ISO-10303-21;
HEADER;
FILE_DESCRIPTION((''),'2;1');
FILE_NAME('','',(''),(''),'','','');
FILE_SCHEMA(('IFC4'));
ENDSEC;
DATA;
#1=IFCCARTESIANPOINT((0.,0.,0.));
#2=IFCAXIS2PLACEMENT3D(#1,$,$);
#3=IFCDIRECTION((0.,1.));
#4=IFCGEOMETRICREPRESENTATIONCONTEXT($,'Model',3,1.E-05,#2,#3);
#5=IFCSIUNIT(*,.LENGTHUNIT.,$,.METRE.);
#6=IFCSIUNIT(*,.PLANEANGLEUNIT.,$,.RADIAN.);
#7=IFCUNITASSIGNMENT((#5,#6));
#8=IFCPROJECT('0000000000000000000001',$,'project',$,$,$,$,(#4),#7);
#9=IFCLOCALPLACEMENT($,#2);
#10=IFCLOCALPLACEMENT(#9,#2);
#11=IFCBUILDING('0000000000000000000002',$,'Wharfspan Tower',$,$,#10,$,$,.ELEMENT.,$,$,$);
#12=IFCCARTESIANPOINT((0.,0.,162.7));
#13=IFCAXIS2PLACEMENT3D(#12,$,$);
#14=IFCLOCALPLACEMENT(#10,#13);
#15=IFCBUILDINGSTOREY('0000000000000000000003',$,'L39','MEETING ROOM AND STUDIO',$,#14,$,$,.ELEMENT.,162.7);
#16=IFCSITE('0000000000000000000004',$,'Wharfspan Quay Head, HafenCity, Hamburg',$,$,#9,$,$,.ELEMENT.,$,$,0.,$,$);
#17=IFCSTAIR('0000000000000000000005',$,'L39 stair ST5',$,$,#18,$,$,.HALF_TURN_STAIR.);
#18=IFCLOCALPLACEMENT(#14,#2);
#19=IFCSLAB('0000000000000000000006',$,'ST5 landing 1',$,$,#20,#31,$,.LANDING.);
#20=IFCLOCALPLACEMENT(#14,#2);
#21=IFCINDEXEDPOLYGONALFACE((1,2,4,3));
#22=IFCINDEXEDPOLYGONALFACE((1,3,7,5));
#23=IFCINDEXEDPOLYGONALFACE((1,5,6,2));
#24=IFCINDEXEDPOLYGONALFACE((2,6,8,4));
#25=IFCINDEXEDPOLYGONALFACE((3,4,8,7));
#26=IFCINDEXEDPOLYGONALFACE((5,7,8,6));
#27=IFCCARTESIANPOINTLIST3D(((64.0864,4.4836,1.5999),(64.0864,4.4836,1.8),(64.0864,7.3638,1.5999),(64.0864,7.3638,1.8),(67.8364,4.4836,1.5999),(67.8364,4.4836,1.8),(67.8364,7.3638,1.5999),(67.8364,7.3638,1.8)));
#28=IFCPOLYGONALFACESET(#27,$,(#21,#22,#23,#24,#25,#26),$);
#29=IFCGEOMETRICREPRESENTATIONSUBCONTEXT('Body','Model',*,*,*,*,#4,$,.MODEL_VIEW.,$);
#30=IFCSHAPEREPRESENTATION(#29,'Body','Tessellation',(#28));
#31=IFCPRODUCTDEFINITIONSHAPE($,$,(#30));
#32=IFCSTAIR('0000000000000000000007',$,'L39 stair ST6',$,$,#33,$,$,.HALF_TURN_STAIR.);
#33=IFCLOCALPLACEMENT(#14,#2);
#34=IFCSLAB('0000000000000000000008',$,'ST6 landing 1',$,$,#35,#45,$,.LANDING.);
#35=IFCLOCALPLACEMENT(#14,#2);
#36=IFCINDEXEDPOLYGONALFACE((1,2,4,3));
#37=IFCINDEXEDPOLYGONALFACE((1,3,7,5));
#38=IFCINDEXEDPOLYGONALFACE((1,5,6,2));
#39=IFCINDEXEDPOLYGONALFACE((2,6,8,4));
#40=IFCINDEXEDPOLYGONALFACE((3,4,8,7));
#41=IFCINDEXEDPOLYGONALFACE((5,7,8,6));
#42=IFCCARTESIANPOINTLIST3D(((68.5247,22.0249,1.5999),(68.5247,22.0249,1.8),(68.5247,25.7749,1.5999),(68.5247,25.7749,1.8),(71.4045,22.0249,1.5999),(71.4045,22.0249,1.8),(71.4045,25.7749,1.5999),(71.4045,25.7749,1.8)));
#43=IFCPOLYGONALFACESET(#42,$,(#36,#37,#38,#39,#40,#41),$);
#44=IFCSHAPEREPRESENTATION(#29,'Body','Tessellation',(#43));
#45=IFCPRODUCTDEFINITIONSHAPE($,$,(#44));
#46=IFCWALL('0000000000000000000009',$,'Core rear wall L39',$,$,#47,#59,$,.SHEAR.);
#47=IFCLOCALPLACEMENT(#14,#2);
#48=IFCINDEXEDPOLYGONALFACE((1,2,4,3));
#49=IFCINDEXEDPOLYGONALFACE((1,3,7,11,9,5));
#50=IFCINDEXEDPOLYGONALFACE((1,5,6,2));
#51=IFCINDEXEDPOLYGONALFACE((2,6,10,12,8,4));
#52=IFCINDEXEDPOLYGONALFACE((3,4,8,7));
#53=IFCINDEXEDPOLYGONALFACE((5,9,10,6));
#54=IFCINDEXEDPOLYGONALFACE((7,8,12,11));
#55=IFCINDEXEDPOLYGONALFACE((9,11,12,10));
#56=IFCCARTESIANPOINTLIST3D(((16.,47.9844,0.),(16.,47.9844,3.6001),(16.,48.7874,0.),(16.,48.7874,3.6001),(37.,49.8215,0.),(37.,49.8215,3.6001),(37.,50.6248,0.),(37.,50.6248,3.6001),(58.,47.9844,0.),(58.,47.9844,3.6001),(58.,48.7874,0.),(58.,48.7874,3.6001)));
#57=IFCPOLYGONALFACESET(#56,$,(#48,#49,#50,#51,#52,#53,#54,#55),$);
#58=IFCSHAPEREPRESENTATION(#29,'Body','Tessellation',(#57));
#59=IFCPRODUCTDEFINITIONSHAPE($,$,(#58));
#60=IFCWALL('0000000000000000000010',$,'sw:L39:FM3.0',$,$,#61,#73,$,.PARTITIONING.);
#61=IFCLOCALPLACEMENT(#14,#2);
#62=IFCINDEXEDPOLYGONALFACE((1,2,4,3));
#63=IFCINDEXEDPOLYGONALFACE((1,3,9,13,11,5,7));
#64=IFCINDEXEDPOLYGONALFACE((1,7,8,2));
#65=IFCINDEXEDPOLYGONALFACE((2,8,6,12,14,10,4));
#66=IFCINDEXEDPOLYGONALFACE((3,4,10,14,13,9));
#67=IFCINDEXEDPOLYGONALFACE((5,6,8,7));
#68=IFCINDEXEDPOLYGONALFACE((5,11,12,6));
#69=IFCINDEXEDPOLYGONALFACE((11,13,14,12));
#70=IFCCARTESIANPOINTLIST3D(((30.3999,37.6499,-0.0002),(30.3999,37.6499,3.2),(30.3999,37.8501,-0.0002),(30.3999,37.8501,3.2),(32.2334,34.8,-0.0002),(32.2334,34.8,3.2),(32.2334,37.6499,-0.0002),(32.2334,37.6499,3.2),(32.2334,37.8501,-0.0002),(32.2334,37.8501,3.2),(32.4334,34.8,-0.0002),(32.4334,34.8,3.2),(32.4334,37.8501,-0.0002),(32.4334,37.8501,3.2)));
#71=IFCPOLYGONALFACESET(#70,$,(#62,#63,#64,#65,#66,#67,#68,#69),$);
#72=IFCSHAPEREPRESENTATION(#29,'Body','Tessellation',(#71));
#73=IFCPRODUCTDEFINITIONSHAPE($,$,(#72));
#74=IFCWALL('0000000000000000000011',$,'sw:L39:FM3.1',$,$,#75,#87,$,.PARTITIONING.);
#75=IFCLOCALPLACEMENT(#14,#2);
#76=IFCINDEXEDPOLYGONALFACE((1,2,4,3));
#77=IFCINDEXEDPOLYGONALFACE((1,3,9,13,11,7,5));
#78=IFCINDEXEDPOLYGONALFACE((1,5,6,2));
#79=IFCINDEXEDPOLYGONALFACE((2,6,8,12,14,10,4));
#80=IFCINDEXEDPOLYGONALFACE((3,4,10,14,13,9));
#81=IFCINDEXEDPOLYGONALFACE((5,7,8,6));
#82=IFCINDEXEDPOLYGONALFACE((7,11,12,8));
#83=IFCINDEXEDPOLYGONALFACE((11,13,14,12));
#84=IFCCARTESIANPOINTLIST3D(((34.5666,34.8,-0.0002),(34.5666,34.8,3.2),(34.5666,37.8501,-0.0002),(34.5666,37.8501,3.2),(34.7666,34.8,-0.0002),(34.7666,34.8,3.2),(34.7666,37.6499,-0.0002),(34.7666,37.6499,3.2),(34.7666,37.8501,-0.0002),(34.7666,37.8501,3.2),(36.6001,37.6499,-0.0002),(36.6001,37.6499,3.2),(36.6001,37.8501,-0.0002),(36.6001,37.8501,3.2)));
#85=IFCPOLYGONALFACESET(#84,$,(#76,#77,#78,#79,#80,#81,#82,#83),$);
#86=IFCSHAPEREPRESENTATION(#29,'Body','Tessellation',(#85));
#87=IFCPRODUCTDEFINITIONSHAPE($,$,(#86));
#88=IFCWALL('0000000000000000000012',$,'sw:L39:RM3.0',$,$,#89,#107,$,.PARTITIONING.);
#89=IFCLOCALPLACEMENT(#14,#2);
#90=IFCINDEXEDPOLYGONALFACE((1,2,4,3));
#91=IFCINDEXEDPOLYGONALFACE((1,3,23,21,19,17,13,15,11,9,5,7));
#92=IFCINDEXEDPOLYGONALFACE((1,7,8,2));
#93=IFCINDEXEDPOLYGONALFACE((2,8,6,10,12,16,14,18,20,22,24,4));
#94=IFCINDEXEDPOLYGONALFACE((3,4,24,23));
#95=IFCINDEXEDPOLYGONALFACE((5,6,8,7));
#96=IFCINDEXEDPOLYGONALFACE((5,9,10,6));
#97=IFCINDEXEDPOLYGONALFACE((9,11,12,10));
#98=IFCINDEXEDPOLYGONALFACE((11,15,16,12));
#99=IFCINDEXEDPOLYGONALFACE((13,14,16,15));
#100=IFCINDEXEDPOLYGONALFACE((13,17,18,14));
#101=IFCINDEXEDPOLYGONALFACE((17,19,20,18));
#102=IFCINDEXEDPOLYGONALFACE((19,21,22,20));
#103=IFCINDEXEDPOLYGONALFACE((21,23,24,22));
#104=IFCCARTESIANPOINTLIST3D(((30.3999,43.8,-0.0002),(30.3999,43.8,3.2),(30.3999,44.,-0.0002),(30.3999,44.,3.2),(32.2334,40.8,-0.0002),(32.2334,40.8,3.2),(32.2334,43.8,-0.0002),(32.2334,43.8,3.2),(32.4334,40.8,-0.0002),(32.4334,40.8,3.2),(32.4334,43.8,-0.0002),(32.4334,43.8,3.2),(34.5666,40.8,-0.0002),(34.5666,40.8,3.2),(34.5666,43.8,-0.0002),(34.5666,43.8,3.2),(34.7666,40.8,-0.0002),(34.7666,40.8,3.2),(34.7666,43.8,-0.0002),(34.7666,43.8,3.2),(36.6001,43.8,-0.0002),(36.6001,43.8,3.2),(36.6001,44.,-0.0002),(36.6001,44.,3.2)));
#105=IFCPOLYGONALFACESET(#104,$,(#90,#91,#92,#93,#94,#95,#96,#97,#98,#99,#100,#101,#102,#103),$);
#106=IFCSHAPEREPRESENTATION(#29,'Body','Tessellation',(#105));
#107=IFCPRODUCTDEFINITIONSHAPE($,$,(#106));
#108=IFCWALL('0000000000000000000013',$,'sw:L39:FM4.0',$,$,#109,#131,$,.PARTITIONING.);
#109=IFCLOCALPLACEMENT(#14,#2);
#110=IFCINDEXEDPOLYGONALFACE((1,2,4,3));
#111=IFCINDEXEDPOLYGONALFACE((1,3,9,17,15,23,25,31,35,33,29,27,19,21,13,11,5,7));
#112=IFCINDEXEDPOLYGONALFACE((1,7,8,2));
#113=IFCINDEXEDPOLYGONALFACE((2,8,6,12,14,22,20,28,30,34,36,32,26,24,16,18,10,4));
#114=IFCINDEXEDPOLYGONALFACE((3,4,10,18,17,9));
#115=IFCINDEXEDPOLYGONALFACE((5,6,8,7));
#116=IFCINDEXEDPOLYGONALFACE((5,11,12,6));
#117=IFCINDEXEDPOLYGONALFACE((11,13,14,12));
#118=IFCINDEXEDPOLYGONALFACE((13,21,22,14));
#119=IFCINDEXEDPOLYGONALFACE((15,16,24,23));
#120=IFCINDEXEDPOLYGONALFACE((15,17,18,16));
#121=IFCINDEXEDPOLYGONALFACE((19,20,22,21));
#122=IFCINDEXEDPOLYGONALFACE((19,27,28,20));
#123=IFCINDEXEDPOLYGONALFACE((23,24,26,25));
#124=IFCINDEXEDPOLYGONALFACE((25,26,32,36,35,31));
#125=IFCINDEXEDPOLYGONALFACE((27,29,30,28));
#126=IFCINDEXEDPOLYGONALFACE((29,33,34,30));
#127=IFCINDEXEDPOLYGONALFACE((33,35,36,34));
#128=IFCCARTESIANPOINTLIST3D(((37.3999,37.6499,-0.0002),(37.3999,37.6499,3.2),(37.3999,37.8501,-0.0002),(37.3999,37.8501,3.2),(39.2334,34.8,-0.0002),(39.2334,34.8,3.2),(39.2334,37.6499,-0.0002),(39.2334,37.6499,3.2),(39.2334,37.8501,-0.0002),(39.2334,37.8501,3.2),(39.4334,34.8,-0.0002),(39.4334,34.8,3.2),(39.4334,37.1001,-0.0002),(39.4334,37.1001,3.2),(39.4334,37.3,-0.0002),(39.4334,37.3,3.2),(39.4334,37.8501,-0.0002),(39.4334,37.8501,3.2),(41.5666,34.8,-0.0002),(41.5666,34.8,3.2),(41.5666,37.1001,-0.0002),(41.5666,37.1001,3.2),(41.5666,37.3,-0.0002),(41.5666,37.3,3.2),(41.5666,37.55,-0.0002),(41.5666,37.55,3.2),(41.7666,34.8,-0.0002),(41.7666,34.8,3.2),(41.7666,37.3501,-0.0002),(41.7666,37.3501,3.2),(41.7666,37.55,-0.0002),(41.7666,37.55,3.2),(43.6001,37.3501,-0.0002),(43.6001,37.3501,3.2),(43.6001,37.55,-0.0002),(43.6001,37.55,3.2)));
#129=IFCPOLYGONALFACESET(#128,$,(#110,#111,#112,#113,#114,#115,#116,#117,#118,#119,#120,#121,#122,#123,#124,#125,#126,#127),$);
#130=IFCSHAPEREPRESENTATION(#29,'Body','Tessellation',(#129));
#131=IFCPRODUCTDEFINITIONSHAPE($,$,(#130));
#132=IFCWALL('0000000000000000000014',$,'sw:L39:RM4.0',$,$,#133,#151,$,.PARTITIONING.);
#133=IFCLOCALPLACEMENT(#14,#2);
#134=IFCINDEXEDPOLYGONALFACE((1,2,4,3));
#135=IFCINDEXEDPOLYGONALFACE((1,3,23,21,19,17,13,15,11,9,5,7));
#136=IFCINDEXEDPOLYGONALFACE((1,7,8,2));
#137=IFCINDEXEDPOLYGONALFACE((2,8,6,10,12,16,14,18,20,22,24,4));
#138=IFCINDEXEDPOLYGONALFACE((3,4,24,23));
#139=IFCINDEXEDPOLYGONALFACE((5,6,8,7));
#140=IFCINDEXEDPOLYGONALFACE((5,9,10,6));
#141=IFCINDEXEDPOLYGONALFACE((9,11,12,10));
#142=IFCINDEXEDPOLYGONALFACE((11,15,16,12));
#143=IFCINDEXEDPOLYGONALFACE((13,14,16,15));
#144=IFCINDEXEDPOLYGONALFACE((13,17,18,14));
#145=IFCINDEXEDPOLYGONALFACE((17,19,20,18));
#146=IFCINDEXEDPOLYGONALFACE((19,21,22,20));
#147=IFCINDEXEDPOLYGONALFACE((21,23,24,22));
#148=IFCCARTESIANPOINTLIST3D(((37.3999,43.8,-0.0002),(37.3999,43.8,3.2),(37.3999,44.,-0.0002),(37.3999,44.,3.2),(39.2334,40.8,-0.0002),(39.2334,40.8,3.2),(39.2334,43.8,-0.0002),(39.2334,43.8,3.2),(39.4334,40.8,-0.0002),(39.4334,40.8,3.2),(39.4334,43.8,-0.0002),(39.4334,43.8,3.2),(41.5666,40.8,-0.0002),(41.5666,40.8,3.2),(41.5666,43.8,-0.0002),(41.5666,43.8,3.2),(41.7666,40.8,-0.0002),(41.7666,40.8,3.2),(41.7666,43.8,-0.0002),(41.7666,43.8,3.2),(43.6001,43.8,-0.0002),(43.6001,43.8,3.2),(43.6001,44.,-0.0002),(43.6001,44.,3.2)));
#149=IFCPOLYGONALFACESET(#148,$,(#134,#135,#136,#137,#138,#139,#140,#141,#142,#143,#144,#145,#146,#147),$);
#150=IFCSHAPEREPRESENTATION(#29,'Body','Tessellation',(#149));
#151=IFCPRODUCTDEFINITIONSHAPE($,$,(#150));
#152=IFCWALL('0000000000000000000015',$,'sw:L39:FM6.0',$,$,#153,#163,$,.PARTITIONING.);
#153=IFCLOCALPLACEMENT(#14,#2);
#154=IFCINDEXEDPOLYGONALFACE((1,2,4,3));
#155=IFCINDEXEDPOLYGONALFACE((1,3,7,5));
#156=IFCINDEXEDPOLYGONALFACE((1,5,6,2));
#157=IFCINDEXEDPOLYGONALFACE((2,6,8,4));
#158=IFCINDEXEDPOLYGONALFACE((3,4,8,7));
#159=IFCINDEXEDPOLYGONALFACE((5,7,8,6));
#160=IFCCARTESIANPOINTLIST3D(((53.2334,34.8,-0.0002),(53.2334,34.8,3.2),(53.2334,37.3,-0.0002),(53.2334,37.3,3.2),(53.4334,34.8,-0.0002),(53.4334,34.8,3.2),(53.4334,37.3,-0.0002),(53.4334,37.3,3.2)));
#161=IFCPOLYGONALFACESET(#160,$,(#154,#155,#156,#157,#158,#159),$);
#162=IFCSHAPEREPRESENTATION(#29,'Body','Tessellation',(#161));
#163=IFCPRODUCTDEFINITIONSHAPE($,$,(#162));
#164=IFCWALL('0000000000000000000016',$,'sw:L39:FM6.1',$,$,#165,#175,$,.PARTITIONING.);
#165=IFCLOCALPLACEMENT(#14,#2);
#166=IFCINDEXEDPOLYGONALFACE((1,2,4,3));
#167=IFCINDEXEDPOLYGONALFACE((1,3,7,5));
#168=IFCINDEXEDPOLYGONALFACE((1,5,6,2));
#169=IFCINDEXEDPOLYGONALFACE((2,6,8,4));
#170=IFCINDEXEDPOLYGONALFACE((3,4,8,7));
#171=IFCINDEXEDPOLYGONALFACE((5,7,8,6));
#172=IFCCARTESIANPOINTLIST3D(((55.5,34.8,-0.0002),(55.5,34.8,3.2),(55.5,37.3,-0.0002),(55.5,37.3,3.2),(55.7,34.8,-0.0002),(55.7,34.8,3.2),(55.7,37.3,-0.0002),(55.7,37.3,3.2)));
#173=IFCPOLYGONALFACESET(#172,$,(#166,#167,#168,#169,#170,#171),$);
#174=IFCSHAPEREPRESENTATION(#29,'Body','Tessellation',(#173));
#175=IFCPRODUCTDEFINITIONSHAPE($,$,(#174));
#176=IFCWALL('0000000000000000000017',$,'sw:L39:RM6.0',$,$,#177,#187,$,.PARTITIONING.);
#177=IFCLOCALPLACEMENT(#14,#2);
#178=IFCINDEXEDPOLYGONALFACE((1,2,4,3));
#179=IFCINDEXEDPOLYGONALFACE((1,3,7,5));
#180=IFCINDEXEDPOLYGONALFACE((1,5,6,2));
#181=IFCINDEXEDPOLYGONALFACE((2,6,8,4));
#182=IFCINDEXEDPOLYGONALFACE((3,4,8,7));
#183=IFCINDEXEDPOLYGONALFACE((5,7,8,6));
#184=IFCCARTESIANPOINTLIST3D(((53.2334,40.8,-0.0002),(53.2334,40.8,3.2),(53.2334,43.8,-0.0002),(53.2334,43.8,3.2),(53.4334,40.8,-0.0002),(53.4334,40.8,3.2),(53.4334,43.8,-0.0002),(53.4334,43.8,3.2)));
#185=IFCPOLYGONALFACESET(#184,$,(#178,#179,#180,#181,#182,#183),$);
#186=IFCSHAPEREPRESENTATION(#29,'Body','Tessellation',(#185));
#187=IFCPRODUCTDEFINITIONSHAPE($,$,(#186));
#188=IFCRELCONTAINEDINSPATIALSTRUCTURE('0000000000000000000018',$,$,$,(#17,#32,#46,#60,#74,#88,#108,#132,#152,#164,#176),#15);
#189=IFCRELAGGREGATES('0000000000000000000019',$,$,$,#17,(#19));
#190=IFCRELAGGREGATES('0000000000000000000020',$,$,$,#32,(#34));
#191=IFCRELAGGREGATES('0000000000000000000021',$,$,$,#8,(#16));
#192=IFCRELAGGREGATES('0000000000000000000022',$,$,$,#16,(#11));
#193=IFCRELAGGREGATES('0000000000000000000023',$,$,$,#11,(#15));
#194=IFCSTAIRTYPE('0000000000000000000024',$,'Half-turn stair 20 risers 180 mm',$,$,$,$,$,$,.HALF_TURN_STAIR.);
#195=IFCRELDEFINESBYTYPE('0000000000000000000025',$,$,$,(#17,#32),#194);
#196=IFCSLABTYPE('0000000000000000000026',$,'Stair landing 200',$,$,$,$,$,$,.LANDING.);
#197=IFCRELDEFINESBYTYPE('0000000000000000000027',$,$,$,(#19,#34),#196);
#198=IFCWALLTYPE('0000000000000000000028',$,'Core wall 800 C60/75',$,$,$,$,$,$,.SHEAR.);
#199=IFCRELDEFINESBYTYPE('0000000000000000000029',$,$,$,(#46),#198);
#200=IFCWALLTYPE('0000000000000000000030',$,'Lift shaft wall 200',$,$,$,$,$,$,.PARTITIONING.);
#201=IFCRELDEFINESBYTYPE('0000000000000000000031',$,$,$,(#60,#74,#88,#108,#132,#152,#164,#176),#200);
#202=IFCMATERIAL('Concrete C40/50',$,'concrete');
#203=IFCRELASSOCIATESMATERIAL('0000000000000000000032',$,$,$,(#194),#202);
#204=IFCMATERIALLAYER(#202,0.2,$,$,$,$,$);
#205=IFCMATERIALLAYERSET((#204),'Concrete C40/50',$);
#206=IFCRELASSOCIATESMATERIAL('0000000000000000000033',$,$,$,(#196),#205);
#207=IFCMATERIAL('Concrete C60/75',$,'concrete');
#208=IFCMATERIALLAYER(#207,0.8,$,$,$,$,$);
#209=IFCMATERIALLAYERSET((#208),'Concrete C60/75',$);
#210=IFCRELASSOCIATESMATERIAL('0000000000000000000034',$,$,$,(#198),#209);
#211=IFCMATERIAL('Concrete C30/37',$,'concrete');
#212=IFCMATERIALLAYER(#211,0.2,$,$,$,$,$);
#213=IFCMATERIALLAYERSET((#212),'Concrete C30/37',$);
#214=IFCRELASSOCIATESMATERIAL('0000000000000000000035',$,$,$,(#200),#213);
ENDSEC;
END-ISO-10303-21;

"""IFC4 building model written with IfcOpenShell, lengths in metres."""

from ifc_helpers import new_model, si_unit, direction, frame, origin, place, context, subcontext, project, spatial, polyline, outline, extrude, material, layer, layer_set, type_object, element, aggregate, save


model = new_model("IFC4")

# Units and contexts
model_context = context("Model", 3, precision=1e-05, world=origin(), true_north=direction((0.0, 1.0)))
body_context = subcontext(model_context, "Body", "Model", "MODEL_VIEW")
ifc_project = project(units=[si_unit("LENGTHUNIT", "METRE"), si_unit("PLANEANGLEUNIT", "RADIAN")], contexts=[model_context])

# Site, building, storey
site_placement = place(None, origin())
site = spatial("IfcSite", under=ifc_project, at=site_placement, Name="Wharfspan Quay Head, HafenCity, Hamburg", CompositionType="ELEMENT", RefElevation=0.0)
building_placement = place(site_placement, origin())
building = spatial("IfcBuilding", under=site, at=building_placement, Name="Wharfspan Tower", CompositionType="ELEMENT")
storey_placement = place(building_placement, frame((0.0, 0.0, 162.7)))
storey = spatial("IfcBuildingStorey", under=building, at=storey_placement, Name="L39", Description="MEETING ROOM AND STUDIO", CompositionType="ELEMENT", Elevation=162.7)

# Shared definitions
ifc_material_1 = material(Name="Concrete C40/50", Category="concrete")

# Stairs, slabs
stair_type = type_object("IfcStairType", Name="Half-turn stair 20 risers 180 mm", PredefinedType="HALF_TURN_STAIR", material=ifc_material_1)
ifc_layer_1 = layer(ifc_material_1, 0.2)
ifc_layer_set_1 = layer_set([ifc_layer_1], Name="Concrete C40/50")
slab_type_1 = type_object("IfcSlabType", Name="Stair landing 200", PredefinedType="LANDING", material=ifc_layer_set_1)
stair_1_placement = place(storey_placement, origin())
stair_1 = element("IfcStair", 1, at=stair_1_placement, inside=storey, type_object=stair_type, Name="L39 stair ST5", PredefinedType="HALF_TURN_STAIR")
slab_1_placement = place(storey_placement, frame((0.0, 0.0, 1.5999)))
slab_1 = element("IfcSlab", 2, at=slab_1_placement, type_object=slab_type_1, Name="ST5 landing 1", PredefinedType="LANDING", context=body_context, shape_type="SweptSolid", body=[
    extrude(outline(polyline([(64.0864, 7.3638), (64.0864, 4.4836), (67.8364, 4.4836), (67.8364, 7.3638), (64.0864, 7.3638)])), origin(), (0.0, 0.0, 1.0), 0.2002),
])
aggregate(stair_1, [slab_1])
stair_2_placement = place(storey_placement, origin())
stair_2 = element("IfcStair", 3, at=stair_2_placement, inside=storey, type_object=stair_type, Name="L39 stair ST6", PredefinedType="HALF_TURN_STAIR")
slab_2_placement = place(storey_placement, frame((0.0, 0.0, 1.5999)))
slab_2 = element("IfcSlab", 4, at=slab_2_placement, type_object=slab_type_1, Name="ST6 landing 1", PredefinedType="LANDING", context=body_context, shape_type="SweptSolid", body=[
    extrude(outline(polyline([(68.5247, 22.0249), (71.4045, 22.0249), (71.4045, 25.7749), (68.5247, 25.7749), (68.5247, 22.0249)])), origin(), (0.0, 0.0, 1.0), 0.2002),
])
aggregate(stair_2, [slab_2])

# Walls
ifc_material_2 = material(Name="Concrete C60/75", Category="concrete")
ifc_layer_2 = layer(ifc_material_2, 0.8)
ifc_layer_set_2 = layer_set([ifc_layer_2], Name="Concrete C60/75")
wall_type_1 = type_object("IfcWallType", Name="Core wall 800 C60/75", PredefinedType="SHEAR", material=ifc_layer_set_2)
wall_1_placement = place(storey_placement, origin())
element("IfcWall", 5, at=wall_1_placement, inside=storey, type_object=wall_type_1, Name="Core rear wall L39", PredefinedType="SHEAR", context=body_context, shape_type="SweptSolid", body=[
    extrude(outline(polyline([(16.0, 47.9844), (37.0, 49.8215), (58.0, 47.9844), (58.0, 48.7874), (37.0, 50.6248), (16.0, 48.7874), (16.0, 47.9844)])), origin(), (0.0, 0.0, 1.0), 3.6001),
])
ifc_material_3 = material(Name="Concrete C30/37", Category="concrete")
ifc_layer_3 = layer(ifc_material_3, 0.2)
ifc_layer_set_3 = layer_set([ifc_layer_3], Name="Concrete C30/37")
wall_type_2 = type_object("IfcWallType", Name="Lift shaft wall 200", PredefinedType="PARTITIONING", material=ifc_layer_set_3)
wall_2_placement = place(storey_placement, frame((0.0, 0.0, -0.0002)))
element("IfcWall", 6, at=wall_2_placement, inside=storey, type_object=wall_type_2, Name="sw:L39:FM3.0", PredefinedType="PARTITIONING", context=body_context, shape_type="SweptSolid", body=[
    extrude(outline(polyline([(32.2334, 37.6499), (30.3999, 37.6499), (30.3999, 37.8501), (32.2334, 37.8501), (32.4333, 37.8501), (32.4333, 34.8), (32.2334, 34.8), (32.2334, 37.6499)])), origin(), (0.0, 0.0, 1.0), 3.2002),
])
wall_3_placement = place(storey_placement, frame((0.0, 0.0, -0.0002)))
element("IfcWall", 7, at=wall_3_placement, inside=storey, type_object=wall_type_2, Name="sw:L39:FM3.1", PredefinedType="PARTITIONING", context=body_context, shape_type="SweptSolid", body=[
    extrude(outline(polyline([(34.5667, 37.8501), (34.7666, 37.8501), (36.6001, 37.8501), (36.6001, 37.6499), (34.7666, 37.6499), (34.7666, 34.8), (34.5667, 34.8), (34.5667, 37.8501)])), origin(), (0.0, 0.0, 1.0), 3.2002),
])
wall_4_placement = place(storey_placement, frame((0.0, 0.0, -0.0002)))
element("IfcWall", 8, at=wall_4_placement, inside=storey, type_object=wall_type_2, Name="sw:L39:RM3.0", PredefinedType="PARTITIONING", context=body_context, shape_type="SweptSolid", body=[
    extrude(outline(polyline([(32.4333, 40.8), (32.2334, 40.8), (32.2334, 43.8), (30.3999, 43.8), (30.3999, 44.0), (36.6001, 44.0), (36.6001, 43.8), (34.7666, 43.8), (34.7666, 40.8), (34.5667, 40.8), (34.5667, 43.8), (32.4333, 43.8), (32.4333, 40.8)])), origin(), (0.0, 0.0, 1.0), 3.2002),
])
wall_5_placement = place(storey_placement, frame((0.0, 0.0, -0.0002)))
element("IfcWall", 9, at=wall_5_placement, inside=storey, type_object=wall_type_2, Name="sw:L39:FM4.0", PredefinedType="PARTITIONING", context=body_context, shape_type="SweptSolid", body=[
    extrude(outline(polyline([(41.5667, 37.1001), (39.4333, 37.1001), (39.4333, 34.8), (39.2334, 34.8), (39.2334, 37.6499), (37.3999, 37.6499), (37.3999, 37.8501), (39.2334, 37.8501), (39.4333, 37.8501), (39.4333, 37.3), (41.5667, 37.3), (41.5667, 37.55), (41.7666, 37.55), (43.6001, 37.55), (43.6001, 37.3501), (41.7666, 37.3501), (41.7666, 34.8), (41.5667, 34.8), (41.5667, 37.1001)])), origin(), (0.0, 0.0, 1.0), 3.2002),
])
wall_6_placement = place(storey_placement, frame((0.0, 0.0, -0.0002)))
element("IfcWall", 10, at=wall_6_placement, inside=storey, type_object=wall_type_2, Name="sw:L39:RM4.0", PredefinedType="PARTITIONING", context=body_context, shape_type="SweptSolid", body=[
    extrude(outline(polyline([(39.4333, 40.8), (39.2334, 40.8), (39.2334, 43.8), (37.3999, 43.8), (37.3999, 44.0), (43.6001, 44.0), (43.6001, 43.8), (41.7666, 43.8), (41.7666, 40.8), (41.5667, 40.8), (41.5667, 43.8), (39.4333, 43.8), (39.4333, 40.8)])), origin(), (0.0, 0.0, 1.0), 3.2002),
])
wall_7_placement = place(storey_placement, frame((0.0, 0.0, -0.0002)))
element("IfcWall", 11, at=wall_7_placement, inside=storey, type_object=wall_type_2, Name="sw:L39:FM6.0", PredefinedType="PARTITIONING", context=body_context, shape_type="SweptSolid", body=[
    extrude(outline(polyline([(53.2334, 34.8), (53.2334, 37.3), (53.4333, 37.3), (53.4333, 34.8), (53.2334, 34.8)])), origin(), (0.0, 0.0, 1.0), 3.2002),
])
wall_8_placement = place(storey_placement, frame((0.0, 0.0, -0.0002)))
element("IfcWall", 12, at=wall_8_placement, inside=storey, type_object=wall_type_2, Name="sw:L39:FM6.1", PredefinedType="PARTITIONING", context=body_context, shape_type="SweptSolid", body=[
    extrude(outline(polyline([(55.5, 34.8), (55.5, 37.3), (55.7, 37.3), (55.7, 34.8), (55.5, 34.8)])), origin(), (0.0, 0.0, 1.0), 3.2002),
])
wall_9_placement = place(storey_placement, frame((0.0, 0.0, -0.0002)))
element("IfcWall", 13, at=wall_9_placement, inside=storey, type_object=wall_type_2, Name="sw:L39:RM6.0", PredefinedType="PARTITIONING", context=body_context, shape_type="SweptSolid", body=[
    extrude(outline(polyline([(53.4333, 40.8), (53.4333, 43.8), (53.2334, 43.8), (53.2334, 40.8), (53.4333, 40.8)])), origin(), (0.0, 0.0, 1.0), 3.2002),
])

save(model, "model.ifc")
